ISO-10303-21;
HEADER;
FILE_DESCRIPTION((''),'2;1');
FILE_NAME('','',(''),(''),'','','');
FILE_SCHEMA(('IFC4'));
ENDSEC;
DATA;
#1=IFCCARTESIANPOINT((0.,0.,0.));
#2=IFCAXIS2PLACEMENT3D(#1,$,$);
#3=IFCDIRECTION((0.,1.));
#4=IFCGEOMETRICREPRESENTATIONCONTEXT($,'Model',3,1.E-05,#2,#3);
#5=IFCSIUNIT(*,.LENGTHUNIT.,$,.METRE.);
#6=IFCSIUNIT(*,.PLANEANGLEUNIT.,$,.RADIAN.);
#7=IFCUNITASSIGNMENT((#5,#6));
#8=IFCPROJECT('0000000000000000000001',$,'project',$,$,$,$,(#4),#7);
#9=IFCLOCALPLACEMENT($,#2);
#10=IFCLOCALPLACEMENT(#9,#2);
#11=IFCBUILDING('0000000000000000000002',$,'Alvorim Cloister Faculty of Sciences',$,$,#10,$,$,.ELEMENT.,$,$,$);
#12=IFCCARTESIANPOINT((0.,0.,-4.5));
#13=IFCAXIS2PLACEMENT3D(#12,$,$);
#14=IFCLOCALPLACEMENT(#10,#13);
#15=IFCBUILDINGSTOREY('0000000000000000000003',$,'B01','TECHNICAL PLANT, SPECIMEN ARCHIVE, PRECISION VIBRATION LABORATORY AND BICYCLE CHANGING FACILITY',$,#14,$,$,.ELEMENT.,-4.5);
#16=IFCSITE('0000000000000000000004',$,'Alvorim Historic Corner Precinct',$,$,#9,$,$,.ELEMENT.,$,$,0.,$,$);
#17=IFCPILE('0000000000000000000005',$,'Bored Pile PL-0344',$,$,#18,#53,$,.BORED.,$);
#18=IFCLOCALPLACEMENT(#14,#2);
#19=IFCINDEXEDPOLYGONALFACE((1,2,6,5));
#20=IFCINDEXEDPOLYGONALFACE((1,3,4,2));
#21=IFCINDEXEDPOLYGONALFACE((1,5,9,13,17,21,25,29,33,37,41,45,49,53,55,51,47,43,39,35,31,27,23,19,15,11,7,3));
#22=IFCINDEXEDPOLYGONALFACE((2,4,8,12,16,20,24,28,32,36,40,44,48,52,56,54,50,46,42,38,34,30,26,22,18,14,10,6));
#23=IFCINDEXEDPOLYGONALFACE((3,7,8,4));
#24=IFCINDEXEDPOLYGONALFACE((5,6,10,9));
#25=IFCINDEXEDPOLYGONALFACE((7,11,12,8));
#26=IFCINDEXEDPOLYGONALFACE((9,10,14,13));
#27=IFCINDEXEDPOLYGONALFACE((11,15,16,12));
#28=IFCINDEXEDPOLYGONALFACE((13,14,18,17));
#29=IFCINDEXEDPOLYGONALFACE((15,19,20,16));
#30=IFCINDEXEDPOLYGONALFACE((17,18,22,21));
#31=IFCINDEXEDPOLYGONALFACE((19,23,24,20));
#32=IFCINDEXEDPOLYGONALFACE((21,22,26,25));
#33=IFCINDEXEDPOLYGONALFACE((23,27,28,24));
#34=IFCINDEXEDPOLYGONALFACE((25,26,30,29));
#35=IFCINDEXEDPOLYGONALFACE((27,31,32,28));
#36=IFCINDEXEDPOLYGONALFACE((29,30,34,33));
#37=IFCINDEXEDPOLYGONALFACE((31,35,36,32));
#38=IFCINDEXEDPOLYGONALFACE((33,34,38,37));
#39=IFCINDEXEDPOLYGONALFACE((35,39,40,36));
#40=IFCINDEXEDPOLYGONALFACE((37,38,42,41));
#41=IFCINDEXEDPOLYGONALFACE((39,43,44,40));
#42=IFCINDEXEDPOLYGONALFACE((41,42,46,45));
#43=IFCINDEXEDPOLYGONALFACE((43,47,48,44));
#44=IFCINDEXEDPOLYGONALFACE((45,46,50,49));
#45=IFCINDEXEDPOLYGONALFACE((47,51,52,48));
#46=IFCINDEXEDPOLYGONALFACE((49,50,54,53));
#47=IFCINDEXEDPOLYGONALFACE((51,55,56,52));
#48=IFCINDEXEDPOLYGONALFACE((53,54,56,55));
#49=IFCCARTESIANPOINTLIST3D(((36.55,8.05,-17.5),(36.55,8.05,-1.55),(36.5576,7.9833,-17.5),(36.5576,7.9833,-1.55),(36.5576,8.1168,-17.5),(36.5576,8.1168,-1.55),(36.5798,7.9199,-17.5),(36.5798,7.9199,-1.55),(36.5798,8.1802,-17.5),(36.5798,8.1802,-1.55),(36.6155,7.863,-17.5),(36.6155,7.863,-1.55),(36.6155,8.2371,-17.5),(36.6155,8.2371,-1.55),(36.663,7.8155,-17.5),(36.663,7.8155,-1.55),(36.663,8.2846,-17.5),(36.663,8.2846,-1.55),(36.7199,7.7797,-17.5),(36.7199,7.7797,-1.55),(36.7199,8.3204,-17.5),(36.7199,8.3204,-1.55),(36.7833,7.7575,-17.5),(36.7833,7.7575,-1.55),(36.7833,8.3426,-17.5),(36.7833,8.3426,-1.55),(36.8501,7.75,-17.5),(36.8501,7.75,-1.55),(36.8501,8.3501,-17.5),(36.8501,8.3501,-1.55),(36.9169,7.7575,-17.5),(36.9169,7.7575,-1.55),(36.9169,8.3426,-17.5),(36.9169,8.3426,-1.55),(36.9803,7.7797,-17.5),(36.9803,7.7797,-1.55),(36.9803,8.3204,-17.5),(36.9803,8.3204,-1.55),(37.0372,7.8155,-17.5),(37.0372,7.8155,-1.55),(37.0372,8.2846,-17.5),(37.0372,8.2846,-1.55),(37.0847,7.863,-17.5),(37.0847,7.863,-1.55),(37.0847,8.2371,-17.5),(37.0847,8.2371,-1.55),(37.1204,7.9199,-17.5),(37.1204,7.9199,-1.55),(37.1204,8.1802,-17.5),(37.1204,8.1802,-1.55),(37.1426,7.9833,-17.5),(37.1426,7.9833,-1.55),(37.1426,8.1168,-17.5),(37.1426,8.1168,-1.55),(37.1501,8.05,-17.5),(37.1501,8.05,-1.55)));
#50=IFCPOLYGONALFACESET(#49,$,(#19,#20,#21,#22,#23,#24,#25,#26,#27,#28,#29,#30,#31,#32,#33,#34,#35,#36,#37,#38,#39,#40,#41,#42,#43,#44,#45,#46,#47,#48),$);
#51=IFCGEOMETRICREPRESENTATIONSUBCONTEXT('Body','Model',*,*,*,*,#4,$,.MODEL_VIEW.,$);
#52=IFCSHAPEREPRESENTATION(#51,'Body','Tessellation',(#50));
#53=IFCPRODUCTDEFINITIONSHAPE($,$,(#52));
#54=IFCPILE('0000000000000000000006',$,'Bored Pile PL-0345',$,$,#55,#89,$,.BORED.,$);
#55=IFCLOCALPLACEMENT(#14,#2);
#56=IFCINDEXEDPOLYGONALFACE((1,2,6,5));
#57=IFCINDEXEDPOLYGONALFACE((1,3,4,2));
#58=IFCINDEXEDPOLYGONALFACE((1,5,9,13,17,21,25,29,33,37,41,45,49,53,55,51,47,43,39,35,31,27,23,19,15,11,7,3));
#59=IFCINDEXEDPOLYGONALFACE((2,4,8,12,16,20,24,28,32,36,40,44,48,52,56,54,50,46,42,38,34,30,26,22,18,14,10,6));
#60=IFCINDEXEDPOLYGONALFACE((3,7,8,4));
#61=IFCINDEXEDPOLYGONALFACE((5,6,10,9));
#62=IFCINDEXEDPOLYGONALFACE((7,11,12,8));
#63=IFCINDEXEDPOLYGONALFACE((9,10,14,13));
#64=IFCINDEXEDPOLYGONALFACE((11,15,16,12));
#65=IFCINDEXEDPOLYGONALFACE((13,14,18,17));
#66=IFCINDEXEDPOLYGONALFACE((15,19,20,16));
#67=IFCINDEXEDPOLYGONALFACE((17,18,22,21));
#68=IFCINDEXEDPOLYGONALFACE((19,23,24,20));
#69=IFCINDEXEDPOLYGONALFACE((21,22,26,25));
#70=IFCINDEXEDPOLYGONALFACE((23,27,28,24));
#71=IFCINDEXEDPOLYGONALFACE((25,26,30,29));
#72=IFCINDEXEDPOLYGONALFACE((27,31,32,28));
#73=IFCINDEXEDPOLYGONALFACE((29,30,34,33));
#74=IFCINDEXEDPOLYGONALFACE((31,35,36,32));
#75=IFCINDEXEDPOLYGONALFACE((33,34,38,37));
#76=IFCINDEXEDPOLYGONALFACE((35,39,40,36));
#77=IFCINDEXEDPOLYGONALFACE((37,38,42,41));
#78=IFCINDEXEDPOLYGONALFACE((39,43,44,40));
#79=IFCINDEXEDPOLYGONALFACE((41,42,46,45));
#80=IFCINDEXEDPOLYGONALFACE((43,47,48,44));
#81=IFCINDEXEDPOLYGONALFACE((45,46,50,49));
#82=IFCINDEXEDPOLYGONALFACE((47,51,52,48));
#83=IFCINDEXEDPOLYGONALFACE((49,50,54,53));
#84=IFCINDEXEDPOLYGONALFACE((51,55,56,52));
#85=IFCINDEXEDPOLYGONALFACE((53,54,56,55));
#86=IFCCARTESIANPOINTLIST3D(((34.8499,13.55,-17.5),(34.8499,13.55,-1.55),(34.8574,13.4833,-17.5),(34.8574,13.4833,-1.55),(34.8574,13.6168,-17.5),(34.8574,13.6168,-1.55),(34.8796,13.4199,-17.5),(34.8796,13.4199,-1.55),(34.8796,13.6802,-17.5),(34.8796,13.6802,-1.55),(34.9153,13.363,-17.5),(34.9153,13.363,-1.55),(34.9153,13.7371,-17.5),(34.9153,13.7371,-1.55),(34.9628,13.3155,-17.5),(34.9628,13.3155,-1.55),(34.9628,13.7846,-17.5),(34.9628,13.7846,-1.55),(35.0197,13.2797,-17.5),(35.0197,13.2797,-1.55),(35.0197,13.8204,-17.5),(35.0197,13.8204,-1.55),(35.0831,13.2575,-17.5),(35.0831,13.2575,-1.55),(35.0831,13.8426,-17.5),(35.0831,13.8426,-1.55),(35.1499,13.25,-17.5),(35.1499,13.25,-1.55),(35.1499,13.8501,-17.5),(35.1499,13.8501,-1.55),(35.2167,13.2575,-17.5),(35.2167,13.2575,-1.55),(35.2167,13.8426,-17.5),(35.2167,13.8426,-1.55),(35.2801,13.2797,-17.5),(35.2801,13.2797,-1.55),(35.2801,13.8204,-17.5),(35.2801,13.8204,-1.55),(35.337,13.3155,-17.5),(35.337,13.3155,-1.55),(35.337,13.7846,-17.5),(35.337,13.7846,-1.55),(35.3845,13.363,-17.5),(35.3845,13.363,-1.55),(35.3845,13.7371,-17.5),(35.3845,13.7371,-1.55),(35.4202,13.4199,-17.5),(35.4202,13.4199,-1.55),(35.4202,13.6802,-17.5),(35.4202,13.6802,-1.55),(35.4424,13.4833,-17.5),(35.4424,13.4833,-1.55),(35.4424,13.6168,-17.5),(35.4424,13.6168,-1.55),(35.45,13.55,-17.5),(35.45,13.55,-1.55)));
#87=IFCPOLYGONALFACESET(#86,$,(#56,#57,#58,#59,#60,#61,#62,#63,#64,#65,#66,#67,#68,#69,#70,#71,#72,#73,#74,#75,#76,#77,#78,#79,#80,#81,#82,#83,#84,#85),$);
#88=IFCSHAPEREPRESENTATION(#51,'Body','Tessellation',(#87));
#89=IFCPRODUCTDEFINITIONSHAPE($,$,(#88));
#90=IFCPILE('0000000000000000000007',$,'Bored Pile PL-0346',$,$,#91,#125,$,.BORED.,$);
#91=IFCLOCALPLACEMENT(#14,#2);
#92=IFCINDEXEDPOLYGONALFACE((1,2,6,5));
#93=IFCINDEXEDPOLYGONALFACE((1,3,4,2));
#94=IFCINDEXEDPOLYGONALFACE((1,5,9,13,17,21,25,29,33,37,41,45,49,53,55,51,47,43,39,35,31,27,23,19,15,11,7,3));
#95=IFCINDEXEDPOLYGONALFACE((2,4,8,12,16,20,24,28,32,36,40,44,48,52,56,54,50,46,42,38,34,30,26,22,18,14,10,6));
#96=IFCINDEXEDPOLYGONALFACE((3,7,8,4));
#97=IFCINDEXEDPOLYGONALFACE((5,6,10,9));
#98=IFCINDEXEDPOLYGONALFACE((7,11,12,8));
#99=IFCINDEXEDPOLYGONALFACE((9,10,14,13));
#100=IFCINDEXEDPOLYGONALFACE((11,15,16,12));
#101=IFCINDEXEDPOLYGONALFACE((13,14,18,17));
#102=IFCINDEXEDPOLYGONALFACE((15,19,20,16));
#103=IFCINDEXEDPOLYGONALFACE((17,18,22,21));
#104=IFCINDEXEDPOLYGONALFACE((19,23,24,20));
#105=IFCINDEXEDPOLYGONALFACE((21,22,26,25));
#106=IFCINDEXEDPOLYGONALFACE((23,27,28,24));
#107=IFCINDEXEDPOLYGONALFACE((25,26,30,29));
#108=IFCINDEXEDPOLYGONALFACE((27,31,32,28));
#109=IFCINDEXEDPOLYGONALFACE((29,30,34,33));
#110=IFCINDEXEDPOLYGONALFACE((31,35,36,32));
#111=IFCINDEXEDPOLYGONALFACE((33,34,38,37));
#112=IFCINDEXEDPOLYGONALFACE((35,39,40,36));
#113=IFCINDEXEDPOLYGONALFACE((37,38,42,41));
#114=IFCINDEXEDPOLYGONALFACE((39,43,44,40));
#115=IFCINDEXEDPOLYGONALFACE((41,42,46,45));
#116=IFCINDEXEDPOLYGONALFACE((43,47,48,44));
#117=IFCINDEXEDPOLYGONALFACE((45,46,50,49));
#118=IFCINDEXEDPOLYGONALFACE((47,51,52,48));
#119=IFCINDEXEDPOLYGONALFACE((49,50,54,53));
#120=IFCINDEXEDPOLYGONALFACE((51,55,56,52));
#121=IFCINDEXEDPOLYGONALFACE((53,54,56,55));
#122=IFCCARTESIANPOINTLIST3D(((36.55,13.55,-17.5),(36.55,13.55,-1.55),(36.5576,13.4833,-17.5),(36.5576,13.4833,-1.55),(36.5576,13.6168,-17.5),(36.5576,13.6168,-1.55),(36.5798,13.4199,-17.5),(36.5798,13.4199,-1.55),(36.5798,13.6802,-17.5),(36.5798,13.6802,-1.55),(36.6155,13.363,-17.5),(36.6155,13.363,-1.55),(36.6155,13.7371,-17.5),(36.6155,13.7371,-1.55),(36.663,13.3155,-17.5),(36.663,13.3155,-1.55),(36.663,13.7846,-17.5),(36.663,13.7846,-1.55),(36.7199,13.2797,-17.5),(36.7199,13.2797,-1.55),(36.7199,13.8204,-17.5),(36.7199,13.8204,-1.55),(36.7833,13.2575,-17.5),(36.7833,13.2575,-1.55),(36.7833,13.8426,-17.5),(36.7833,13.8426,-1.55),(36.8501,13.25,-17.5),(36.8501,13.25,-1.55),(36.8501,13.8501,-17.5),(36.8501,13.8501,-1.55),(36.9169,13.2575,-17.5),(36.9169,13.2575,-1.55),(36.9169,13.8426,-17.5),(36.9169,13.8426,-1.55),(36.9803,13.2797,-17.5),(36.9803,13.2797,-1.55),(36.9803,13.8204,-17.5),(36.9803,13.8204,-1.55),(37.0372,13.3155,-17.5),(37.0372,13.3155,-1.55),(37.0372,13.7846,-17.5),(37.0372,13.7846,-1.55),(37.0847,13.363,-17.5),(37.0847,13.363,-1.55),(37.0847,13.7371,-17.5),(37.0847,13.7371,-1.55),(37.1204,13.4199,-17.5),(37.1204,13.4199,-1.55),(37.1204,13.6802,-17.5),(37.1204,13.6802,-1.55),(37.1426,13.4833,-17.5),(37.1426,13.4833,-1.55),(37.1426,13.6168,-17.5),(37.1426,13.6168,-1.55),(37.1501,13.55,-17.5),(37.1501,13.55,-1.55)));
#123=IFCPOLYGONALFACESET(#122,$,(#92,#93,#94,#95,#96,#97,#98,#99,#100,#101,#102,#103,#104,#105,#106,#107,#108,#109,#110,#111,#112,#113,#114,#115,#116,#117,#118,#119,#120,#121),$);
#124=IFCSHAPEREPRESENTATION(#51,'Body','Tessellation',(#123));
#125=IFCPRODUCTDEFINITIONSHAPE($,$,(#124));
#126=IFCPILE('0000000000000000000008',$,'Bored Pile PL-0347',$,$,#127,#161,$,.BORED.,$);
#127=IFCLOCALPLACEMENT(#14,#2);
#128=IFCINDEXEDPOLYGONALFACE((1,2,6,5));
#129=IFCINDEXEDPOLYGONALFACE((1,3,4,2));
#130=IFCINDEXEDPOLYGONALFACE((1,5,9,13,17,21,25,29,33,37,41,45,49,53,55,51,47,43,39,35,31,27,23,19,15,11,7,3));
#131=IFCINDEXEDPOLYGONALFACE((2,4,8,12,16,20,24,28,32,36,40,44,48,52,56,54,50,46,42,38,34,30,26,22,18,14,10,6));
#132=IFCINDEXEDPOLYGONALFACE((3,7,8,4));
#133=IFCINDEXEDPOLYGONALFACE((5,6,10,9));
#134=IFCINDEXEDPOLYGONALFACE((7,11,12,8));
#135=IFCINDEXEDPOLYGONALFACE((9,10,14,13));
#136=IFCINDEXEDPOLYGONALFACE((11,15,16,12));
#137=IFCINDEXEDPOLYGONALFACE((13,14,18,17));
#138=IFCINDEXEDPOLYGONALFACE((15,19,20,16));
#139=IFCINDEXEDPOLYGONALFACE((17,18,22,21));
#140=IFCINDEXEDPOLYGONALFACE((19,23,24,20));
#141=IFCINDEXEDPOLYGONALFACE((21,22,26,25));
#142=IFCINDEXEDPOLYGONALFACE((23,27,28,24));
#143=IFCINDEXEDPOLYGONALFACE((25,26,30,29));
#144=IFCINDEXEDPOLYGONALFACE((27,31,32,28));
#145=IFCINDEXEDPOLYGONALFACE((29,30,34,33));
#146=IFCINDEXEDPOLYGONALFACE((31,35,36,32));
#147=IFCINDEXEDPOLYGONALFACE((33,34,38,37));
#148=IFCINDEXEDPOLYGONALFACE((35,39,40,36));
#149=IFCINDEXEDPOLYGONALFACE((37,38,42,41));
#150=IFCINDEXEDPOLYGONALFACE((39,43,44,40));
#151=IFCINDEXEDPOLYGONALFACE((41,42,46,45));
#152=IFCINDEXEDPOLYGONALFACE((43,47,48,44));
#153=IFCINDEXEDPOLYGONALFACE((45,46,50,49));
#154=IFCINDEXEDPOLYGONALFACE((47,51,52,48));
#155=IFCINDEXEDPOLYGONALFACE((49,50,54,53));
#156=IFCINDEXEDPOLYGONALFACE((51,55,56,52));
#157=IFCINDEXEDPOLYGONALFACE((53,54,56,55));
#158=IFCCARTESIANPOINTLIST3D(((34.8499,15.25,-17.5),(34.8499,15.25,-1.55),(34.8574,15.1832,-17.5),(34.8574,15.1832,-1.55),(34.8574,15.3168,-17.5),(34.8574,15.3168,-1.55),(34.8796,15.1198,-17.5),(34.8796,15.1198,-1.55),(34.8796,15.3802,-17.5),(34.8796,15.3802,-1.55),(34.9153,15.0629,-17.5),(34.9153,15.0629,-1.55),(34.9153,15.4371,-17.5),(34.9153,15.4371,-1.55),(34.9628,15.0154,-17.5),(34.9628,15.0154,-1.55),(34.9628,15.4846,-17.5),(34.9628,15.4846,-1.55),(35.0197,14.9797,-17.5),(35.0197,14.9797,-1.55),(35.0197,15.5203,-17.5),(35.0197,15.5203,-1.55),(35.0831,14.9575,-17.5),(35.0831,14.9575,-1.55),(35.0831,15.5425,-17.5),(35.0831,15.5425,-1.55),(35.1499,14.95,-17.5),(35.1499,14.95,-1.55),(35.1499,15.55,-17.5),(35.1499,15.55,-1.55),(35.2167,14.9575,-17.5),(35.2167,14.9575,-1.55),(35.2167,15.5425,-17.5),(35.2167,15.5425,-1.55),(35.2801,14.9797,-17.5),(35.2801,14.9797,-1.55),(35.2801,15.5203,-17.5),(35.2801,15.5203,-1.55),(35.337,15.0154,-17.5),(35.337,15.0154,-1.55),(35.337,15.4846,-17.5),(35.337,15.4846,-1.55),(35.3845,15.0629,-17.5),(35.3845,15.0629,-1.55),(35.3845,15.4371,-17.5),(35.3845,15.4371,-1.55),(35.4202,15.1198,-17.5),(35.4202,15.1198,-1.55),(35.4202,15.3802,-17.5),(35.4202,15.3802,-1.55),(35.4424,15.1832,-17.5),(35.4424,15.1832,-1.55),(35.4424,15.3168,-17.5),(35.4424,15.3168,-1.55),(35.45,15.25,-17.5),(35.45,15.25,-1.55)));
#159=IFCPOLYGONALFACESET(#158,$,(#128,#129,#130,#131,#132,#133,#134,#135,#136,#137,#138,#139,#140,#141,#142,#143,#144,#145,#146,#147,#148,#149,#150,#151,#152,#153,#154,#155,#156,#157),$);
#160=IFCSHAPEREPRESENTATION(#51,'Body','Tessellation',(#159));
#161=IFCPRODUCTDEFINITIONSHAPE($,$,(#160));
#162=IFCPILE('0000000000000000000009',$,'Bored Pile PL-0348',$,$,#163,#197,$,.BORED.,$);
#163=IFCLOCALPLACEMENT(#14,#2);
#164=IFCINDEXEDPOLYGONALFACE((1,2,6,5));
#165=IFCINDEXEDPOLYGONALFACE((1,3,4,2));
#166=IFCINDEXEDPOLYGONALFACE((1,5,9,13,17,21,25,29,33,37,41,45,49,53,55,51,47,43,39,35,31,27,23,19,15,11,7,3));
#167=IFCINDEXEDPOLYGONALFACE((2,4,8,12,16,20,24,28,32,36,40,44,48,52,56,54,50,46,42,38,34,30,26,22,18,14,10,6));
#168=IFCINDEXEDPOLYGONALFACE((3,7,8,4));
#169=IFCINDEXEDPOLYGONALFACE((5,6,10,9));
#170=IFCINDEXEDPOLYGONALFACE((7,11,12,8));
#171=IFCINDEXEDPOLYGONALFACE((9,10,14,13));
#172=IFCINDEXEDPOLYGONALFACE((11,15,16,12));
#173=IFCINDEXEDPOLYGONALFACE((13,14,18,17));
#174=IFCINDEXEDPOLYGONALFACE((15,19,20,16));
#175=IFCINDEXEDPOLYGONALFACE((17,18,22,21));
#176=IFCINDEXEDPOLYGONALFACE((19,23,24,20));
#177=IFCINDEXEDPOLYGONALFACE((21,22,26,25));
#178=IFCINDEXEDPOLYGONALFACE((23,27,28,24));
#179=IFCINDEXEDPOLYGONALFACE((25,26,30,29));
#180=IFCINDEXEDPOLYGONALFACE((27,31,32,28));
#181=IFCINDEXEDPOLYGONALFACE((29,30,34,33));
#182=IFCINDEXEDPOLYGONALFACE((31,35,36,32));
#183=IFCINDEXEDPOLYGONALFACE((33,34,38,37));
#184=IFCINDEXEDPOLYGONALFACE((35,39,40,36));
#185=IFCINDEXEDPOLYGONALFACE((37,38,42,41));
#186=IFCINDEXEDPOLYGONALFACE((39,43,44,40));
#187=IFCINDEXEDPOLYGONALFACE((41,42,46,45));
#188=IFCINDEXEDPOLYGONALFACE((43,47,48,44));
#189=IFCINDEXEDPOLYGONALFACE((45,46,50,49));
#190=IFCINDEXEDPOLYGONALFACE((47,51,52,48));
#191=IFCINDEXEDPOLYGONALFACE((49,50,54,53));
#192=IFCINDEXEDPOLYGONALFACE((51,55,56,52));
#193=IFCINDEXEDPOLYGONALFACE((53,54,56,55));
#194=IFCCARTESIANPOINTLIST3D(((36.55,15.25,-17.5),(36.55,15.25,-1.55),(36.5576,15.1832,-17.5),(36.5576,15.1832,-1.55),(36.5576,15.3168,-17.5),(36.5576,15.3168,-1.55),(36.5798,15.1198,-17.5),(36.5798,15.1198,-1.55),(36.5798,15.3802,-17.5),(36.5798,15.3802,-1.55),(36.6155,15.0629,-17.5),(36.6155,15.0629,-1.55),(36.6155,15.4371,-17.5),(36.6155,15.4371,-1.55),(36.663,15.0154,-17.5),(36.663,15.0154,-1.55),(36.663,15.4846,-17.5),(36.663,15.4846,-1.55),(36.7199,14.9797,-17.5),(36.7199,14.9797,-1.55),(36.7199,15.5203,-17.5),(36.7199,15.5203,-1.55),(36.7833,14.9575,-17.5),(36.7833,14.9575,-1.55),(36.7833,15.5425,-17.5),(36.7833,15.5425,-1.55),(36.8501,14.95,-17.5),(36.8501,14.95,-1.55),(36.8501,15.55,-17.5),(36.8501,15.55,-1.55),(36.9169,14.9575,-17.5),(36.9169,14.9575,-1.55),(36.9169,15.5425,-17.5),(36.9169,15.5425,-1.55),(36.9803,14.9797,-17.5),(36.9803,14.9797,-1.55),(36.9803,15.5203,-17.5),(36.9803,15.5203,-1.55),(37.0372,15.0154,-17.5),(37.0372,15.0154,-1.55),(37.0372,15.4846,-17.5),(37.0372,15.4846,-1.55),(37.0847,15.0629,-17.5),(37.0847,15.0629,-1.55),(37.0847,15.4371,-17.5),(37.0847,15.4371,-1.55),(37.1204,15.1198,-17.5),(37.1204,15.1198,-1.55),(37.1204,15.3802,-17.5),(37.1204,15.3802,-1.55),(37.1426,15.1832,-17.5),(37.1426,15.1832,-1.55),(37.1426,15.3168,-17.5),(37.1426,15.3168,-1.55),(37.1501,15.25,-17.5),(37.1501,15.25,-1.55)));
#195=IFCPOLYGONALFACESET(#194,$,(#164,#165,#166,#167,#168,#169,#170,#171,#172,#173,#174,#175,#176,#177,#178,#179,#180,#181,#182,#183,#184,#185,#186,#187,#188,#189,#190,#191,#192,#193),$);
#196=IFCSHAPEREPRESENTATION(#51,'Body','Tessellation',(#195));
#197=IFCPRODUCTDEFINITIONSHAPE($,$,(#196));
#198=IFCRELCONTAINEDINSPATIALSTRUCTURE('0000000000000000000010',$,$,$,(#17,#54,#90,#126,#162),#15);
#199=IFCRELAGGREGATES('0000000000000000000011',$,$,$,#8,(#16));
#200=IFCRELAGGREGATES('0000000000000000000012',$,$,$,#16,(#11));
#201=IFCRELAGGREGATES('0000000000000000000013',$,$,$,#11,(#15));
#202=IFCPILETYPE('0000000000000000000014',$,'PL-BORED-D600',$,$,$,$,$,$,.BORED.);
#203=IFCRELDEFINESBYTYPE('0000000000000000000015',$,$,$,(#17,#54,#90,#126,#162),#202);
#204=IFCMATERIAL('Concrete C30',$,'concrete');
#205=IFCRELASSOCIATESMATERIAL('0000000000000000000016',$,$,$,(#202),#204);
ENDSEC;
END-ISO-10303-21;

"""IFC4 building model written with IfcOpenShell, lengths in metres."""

from ifc_helpers import new_model, si_unit, direction, frame, origin, origin_2d, place, context, subcontext, project, spatial, circle, extrude, material, material_profile, profile_set, type_object, element, save


model = new_model("IFC4")

# Units and contexts
model_context = context("Model", 3, precision=1e-05, world=origin(), true_north=direction((0.0, 1.0)))
body_context = subcontext(model_context, "Body", "Model", "MODEL_VIEW")
ifc_project = project(units=[si_unit("LENGTHUNIT", "METRE"), si_unit("PLANEANGLEUNIT", "RADIAN")], contexts=[model_context])

# Site, building, storey
site_placement = place(None, origin())
site = spatial("IfcSite", under=ifc_project, at=site_placement, Name="Alvorim Historic Corner Precinct", CompositionType="ELEMENT", RefElevation=0.0)
building_placement = place(site_placement, origin())
building = spatial("IfcBuilding", under=site, at=building_placement, Name="Alvorim Cloister Faculty of Sciences", CompositionType="ELEMENT")
storey_placement = place(building_placement, frame((0.0, 0.0, -4.5)))
storey = spatial("IfcBuildingStorey", under=building, at=storey_placement, Name="B01", Description="TECHNICAL PLANT, SPECIMEN ARCHIVE, PRECISION VIBRATION LABORATORY AND BICYCLE CHANGING FACILITY", CompositionType="ELEMENT", Elevation=-4.5)

# Piles
ifc_material_1 = material(Name="Concrete C30", Category="concrete")
ifc_material_profile_1 = material_profile(ifc_material_1, circle(Radius=0.3, at=origin_2d()), Name="PILE-D600")
ifc_profile_set_1 = profile_set([ifc_material_profile_1], Name="Concrete C30")
pile_type = type_object("IfcPileType", Name="PL-BORED-D600", PredefinedType="BORED", material=ifc_profile_set_1)
for number, where, z_axis, x_axis, name in (
    (1, (36.8501, 8.05, -1.55), (0.0, 0.0, -1.0), (1.0, 0.0, 0.0), "Bored Pile PL-0344"),
    (2, (35.1499, 13.55, -1.55), (0.0, 0.0, -1.0), (1.0, 0.0, 0.0), "Bored Pile PL-0345"),
    (3, (36.8501, 13.55, -1.55), (0.0, 0.0, -1.0), (1.0, 0.0, 0.0), "Bored Pile PL-0346"),
    (4, (35.1499, 15.25, -1.55), (0.0, 0.0, -1.0), (1.0, 0.0, 0.0), "Bored Pile PL-0347"),
    (5, (36.8501, 15.25, -1.55), (0.0, 0.0, -1.0), (1.0, 0.0, 0.0), "Bored Pile PL-0348"),
):
    element("IfcPile", number, at=place(storey_placement, frame(where, z_axis=z_axis, x_axis=x_axis)), inside=storey, type_object=pile_type, Name=name, PredefinedType="BORED", context=body_context, shape_type="SweptSolid", body=[
        extrude(circle(Radius=0.3, at=origin_2d()), origin(), (0.0, 0.0, 1.0), 15.95),
    ])

save(model, "model.ifc")
